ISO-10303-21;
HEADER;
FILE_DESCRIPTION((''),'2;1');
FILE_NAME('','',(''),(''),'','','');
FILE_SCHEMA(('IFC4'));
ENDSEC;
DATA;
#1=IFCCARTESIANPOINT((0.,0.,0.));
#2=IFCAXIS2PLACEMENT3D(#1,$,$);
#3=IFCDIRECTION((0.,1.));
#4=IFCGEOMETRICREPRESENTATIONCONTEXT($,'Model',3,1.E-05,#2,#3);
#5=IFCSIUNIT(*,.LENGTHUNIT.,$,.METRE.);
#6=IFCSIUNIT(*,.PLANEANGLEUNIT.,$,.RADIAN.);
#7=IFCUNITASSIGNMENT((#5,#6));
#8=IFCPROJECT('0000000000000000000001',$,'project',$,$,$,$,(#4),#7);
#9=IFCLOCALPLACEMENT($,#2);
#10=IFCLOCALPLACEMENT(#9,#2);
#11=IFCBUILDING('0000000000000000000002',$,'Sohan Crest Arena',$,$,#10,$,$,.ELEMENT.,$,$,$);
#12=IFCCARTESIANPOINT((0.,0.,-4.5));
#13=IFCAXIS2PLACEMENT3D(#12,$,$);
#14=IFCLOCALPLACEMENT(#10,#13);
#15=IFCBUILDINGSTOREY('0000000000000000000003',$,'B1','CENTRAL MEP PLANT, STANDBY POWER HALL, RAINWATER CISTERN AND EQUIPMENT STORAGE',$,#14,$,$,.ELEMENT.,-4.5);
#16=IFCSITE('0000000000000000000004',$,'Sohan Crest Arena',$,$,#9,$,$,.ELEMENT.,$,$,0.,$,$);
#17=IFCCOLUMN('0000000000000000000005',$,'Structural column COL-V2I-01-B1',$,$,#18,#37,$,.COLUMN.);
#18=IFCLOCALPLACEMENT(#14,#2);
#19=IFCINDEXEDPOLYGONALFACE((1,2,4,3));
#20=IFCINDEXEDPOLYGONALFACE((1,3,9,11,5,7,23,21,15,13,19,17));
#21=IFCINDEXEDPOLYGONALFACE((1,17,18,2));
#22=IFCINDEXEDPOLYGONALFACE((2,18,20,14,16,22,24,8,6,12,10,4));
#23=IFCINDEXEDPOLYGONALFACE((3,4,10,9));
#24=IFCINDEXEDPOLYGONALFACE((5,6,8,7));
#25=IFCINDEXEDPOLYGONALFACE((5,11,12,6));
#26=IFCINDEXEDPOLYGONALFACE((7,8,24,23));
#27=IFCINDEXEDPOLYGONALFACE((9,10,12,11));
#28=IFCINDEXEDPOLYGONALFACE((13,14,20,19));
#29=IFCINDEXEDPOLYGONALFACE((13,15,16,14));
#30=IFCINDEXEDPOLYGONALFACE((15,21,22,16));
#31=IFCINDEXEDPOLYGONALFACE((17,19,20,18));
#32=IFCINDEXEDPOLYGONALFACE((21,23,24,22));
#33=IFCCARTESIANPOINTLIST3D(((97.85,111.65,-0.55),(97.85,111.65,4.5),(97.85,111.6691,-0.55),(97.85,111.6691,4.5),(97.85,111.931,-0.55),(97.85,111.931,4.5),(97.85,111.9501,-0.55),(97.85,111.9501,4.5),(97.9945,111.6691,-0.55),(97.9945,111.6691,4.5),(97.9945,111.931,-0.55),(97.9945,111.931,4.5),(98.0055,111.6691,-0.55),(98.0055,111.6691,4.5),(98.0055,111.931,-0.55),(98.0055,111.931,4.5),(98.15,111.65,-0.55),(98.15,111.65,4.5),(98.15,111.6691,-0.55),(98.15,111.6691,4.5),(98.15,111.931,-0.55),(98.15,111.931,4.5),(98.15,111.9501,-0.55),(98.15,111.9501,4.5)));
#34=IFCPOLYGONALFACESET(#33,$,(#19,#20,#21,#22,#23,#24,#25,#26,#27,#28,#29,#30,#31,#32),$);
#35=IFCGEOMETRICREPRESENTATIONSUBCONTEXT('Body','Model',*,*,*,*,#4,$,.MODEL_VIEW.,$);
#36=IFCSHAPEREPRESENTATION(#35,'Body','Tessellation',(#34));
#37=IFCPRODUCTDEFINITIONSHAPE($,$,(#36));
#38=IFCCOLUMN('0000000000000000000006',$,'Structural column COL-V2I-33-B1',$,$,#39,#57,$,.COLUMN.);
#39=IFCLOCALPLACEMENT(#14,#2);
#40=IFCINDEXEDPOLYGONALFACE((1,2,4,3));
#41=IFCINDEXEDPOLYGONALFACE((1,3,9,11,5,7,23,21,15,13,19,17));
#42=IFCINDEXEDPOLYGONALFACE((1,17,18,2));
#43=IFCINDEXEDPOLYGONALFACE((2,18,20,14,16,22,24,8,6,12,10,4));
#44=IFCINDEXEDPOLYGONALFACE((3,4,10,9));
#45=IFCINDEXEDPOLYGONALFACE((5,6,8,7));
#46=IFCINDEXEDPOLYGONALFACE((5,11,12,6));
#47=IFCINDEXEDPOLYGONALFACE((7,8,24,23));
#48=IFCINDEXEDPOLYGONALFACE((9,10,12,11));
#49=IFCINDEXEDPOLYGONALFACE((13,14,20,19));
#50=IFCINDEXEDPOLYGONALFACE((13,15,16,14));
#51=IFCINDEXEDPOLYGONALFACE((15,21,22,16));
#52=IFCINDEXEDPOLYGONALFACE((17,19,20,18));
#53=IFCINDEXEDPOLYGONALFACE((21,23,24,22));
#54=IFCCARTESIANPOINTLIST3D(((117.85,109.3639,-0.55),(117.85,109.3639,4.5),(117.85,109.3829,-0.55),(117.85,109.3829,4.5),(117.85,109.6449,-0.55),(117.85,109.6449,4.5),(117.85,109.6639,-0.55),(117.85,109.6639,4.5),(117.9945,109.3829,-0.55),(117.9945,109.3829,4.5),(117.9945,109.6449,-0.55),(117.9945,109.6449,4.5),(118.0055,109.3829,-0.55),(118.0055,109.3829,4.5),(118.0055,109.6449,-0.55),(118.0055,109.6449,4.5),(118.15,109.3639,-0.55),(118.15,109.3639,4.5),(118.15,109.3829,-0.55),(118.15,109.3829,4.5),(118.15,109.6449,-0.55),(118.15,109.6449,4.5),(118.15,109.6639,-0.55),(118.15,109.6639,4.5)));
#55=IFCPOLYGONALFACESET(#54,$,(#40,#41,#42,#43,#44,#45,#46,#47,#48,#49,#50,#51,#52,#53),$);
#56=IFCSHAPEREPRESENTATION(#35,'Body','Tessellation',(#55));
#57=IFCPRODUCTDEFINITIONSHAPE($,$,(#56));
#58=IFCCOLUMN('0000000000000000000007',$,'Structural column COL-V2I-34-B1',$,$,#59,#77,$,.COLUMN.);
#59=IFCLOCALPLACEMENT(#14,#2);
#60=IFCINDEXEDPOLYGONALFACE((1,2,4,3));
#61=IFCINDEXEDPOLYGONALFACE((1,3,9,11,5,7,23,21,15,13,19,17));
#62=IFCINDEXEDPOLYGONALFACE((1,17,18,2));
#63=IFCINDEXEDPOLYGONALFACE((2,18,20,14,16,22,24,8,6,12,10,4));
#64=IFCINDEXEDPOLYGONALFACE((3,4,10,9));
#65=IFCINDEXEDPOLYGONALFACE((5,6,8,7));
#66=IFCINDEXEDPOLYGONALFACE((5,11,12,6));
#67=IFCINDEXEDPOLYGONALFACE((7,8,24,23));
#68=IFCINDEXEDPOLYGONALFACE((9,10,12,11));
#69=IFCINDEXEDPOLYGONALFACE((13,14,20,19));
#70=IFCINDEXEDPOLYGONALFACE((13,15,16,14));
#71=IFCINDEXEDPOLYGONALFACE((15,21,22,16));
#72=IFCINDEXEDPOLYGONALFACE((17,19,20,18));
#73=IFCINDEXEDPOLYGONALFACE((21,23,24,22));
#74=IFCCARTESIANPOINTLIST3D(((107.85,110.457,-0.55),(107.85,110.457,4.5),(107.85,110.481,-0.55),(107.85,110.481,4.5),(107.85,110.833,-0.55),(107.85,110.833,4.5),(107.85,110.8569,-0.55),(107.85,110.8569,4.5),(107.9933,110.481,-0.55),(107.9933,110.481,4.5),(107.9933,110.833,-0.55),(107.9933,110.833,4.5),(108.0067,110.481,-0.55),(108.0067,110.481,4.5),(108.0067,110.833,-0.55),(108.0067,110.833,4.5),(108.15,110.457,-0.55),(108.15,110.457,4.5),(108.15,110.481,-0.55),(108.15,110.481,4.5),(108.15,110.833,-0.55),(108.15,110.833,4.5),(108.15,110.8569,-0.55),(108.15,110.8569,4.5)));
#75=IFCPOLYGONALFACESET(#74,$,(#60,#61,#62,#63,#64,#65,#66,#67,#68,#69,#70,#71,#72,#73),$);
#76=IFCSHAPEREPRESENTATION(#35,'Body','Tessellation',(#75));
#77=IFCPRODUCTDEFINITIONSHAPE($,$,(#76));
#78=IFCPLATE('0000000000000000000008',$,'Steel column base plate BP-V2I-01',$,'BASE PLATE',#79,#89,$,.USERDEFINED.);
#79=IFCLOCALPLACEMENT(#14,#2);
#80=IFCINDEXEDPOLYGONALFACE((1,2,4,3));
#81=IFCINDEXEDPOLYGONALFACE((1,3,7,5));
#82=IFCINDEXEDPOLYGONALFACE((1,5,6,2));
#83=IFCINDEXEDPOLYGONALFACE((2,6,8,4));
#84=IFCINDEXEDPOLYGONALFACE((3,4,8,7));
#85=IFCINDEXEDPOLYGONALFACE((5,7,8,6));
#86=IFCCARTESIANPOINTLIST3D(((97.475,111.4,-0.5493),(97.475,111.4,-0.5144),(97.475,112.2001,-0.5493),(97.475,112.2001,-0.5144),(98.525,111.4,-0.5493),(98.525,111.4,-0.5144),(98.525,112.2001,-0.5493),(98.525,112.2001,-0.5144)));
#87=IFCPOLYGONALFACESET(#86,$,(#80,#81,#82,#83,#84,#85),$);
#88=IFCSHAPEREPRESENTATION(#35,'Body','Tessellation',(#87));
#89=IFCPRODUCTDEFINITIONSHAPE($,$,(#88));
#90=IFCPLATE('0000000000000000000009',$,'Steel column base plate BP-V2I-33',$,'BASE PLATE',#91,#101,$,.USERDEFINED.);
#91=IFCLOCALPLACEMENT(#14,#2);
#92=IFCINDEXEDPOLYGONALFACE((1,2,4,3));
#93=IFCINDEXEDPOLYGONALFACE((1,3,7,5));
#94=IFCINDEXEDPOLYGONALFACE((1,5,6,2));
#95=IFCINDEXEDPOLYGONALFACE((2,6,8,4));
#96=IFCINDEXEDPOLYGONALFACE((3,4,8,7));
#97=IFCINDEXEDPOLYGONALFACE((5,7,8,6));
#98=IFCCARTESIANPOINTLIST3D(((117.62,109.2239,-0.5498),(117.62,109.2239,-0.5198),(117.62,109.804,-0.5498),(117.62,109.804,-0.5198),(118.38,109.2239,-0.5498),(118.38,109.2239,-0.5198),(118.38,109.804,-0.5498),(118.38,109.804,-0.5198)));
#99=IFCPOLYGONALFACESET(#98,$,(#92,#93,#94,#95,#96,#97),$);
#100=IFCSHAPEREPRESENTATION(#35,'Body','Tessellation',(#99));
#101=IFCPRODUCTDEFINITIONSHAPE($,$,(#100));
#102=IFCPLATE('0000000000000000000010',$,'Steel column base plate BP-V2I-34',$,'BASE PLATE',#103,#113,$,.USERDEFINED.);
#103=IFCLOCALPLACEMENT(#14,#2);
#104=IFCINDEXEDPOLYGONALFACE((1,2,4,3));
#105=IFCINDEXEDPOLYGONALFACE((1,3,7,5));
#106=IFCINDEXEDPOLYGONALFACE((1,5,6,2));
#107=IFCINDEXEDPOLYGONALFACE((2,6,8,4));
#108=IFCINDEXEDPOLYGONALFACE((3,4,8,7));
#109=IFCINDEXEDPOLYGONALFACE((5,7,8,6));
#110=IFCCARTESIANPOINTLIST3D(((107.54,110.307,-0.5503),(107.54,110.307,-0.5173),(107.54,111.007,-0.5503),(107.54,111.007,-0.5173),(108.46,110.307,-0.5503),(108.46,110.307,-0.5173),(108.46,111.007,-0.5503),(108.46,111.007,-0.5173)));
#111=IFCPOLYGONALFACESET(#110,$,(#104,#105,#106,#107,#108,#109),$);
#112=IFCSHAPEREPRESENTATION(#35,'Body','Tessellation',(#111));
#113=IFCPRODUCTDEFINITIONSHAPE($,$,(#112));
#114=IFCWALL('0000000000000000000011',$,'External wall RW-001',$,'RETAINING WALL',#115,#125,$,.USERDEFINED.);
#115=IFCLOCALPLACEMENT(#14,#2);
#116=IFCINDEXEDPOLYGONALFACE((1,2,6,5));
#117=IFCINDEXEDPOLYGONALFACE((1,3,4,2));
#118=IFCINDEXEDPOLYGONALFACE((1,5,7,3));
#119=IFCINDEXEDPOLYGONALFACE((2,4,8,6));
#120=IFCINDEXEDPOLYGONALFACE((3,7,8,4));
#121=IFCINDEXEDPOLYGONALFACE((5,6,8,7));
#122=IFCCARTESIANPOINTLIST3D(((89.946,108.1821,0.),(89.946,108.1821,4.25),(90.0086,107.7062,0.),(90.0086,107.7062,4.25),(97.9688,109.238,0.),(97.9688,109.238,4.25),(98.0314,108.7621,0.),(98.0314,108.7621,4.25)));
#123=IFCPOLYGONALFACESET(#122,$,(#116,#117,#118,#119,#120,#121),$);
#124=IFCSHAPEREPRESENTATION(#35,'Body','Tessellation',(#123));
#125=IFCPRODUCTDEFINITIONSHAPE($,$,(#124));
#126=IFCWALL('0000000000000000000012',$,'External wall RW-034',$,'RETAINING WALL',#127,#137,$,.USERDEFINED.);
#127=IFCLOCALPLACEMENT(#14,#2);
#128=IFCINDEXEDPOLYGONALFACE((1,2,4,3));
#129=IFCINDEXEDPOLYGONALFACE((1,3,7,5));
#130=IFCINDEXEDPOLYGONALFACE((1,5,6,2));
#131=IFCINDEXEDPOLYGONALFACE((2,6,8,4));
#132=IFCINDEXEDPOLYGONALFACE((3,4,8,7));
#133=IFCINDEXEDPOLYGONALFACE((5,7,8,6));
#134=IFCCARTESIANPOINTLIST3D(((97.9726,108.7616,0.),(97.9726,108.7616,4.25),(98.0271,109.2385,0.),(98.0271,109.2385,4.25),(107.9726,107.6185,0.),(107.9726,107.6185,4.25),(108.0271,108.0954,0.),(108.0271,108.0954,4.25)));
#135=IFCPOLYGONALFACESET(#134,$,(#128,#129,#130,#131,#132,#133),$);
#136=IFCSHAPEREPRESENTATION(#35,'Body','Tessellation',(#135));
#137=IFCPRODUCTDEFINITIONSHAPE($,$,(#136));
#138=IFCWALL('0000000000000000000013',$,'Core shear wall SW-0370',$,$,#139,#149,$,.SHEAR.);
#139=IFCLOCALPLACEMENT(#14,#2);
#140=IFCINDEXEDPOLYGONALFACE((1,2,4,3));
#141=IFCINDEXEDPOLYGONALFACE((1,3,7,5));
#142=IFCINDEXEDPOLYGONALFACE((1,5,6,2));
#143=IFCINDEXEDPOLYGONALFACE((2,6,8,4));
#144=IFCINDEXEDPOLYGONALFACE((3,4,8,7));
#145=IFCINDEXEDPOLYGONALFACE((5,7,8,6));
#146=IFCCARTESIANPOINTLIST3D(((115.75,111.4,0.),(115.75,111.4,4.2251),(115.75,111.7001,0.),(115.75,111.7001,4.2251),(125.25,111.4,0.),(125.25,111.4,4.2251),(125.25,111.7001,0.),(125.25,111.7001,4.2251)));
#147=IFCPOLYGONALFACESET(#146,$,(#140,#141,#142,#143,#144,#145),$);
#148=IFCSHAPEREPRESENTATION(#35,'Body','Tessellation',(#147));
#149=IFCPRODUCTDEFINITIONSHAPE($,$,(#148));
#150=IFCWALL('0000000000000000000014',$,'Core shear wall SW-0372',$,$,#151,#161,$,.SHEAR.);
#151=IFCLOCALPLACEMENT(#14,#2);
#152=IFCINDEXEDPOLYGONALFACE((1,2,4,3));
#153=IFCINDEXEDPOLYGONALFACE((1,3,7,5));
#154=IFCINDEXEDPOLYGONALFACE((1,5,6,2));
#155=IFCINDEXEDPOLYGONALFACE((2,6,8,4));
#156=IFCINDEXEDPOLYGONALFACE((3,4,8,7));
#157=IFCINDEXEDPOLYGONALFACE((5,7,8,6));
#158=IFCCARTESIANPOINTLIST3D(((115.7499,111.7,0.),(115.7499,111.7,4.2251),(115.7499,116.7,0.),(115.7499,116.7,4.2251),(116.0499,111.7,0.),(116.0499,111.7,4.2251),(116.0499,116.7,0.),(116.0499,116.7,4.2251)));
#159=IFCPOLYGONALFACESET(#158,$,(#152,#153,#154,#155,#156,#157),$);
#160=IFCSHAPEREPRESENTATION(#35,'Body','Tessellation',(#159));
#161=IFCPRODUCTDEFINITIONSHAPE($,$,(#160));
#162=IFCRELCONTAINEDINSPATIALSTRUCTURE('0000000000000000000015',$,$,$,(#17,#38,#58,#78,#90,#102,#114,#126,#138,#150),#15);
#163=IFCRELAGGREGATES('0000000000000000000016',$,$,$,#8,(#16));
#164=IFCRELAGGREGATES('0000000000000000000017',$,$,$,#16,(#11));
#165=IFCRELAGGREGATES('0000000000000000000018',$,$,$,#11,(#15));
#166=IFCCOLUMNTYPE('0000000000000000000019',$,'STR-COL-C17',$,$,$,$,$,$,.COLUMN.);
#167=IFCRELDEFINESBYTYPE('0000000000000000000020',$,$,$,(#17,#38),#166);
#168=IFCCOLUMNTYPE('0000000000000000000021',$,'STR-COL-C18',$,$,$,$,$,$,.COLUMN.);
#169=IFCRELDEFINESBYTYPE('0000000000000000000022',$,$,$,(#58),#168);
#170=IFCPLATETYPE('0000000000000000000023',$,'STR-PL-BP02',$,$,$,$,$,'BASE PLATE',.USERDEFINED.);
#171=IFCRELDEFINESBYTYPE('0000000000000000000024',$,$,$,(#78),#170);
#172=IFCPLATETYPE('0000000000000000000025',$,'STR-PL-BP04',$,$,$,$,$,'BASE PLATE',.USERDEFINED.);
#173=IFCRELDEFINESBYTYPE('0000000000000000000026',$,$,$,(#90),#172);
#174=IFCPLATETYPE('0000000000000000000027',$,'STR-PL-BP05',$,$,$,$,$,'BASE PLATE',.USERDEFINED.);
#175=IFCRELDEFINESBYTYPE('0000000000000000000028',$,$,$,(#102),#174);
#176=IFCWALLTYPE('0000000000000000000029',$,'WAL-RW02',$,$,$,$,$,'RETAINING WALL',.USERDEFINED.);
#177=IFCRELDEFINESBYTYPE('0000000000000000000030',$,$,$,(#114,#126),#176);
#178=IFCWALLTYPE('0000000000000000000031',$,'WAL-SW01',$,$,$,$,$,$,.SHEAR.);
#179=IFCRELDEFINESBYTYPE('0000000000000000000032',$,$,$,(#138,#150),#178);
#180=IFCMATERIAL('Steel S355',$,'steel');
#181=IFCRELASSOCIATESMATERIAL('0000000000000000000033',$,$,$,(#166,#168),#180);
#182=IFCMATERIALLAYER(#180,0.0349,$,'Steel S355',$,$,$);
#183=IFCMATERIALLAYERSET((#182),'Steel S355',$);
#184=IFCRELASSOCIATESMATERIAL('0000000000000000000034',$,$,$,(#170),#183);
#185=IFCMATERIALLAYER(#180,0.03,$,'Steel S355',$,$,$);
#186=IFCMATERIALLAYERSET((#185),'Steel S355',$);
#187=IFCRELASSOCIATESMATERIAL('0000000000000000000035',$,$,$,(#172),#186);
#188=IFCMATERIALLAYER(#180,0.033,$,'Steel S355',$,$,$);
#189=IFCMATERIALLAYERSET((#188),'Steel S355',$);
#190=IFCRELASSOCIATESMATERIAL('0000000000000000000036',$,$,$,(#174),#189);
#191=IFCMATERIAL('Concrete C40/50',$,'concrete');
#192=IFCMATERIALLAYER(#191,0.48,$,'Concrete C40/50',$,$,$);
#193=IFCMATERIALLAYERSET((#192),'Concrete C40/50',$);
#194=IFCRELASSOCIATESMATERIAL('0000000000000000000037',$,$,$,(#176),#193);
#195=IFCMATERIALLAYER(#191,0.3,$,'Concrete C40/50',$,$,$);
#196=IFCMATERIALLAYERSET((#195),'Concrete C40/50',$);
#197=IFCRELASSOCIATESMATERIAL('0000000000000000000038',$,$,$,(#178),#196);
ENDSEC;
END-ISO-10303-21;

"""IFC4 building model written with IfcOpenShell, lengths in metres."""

from ifc_helpers import new_model, si_unit, direction, frame, frame_2d, origin, origin_2d, place, context, subcontext, project, spatial, rectangle, i_section, extrude, material, layer, layer_set, material_profile, profile_set, type_object, element, save


model = new_model("IFC4")

# Units and contexts
model_context = context("Model", 3, precision=1e-05, world=origin(), true_north=direction((0.0, 1.0)))
body_context = subcontext(model_context, "Body", "Model", "MODEL_VIEW")
ifc_project = project(units=[si_unit("LENGTHUNIT", "METRE"), si_unit("PLANEANGLEUNIT", "RADIAN")], contexts=[model_context])

# Site, building, storey
site_placement = place(None, origin())
site = spatial("IfcSite", under=ifc_project, at=site_placement, Name="Sohan Crest Arena", CompositionType="ELEMENT", RefElevation=0.0)
building_placement = place(site_placement, origin())
building = spatial("IfcBuilding", under=site, at=building_placement, Name="Sohan Crest Arena", CompositionType="ELEMENT")
storey_placement = place(building_placement, frame((0.0, 0.0, -4.5)))
storey = spatial("IfcBuildingStorey", under=building, at=storey_placement, Name="B1", Description="CENTRAL MEP PLANT, STANDBY POWER HALL, RAINWATER CISTERN AND EQUIPMENT STORAGE", CompositionType="ELEMENT", Elevation=-4.5)

# Shared definitions
ifc_material_1 = material(Name="Concrete C40/50", Category="concrete")

# Columns
ifc_material_2 = material(Name="Steel S355", Category="steel")
ifc_material_profile_1 = material_profile(ifc_material_2, i_section(OverallWidth=0.3, OverallDepth=0.3, WebThickness=0.011, FlangeThickness=0.019, at=origin_2d()), Name="HEB 300")
ifc_profile_set_1 = profile_set([ifc_material_profile_1], Name="Steel S355")
column_type_1 = type_object("IfcColumnType", Name="STR-COL-C17", PredefinedType="COLUMN", material=ifc_profile_set_1)
for number, where, z_axis, x_axis, name in (
    (1, (98.0, 111.8, -0.55), (0.0, 0.0, 1.0), (1.0, 0.0, 0.0), "Structural column COL-V2I-01-B1"),
    (2, (118.0, 109.5139, -0.55), (0.0, 0.0, 1.0), (1.0, 0.0, 0.0), "Structural column COL-V2I-33-B1"),
):
    element("IfcColumn", number, at=place(storey_placement, frame(where, z_axis=z_axis, x_axis=x_axis)), inside=storey, type_object=column_type_1, Name=name, PredefinedType="COLUMN", context=body_context, shape_type="SweptSolid", body=[
        extrude(i_section(OverallWidth=0.3, OverallDepth=0.3, WebThickness=0.011, FlangeThickness=0.019, at=origin_2d()), origin(), (0.0, 0.0, 1.0), 5.05),
    ])
ifc_material_profile_2 = material_profile(ifc_material_2, i_section(OverallWidth=0.3, OverallDepth=0.3999, WebThickness=0.0134, FlangeThickness=0.0239, at=origin_2d()), Name="HEB 400")
ifc_profile_set_2 = profile_set([ifc_material_profile_2], Name="Steel S355")
column_type_2 = type_object("IfcColumnType", Name="STR-COL-C18", PredefinedType="COLUMN", material=ifc_profile_set_2)
column_1_placement = place(storey_placement, frame((108.0, 110.657, -0.55), z_axis=(0.0, 0.0, 1.0), x_axis=(1.0, 0.0, 0.0)))
element("IfcColumn", 3, at=column_1_placement, inside=storey, type_object=column_type_2, Name="Structural column COL-V2I-34-B1", PredefinedType="COLUMN", context=body_context, shape_type="SweptSolid", body=[
    extrude(i_section(OverallWidth=0.3, OverallDepth=0.3999, WebThickness=0.0134, FlangeThickness=0.0239, at=origin_2d()), origin(), (0.0, 0.0, 1.0), 5.05),
])

# Plates
ifc_layer_1 = layer(ifc_material_2, 0.0349, Name="Steel S355")
ifc_layer_set_1 = layer_set([ifc_layer_1], Name="Steel S355")
plate_type_1 = type_object("IfcPlateType", Name="STR-PL-BP02", ElementType="BASE PLATE", PredefinedType="USERDEFINED", material=ifc_layer_set_1)
plate_1_placement = place(storey_placement, frame((98.0, 111.8, -0.5493), z_axis=(0.0, 0.0, 1.0), x_axis=(1.0, 0.0, 0.0)))
element("IfcPlate", 4, at=plate_1_placement, inside=storey, type_object=plate_type_1, Name="Steel column base plate BP-V2I-01", ObjectType="BASE PLATE", PredefinedType="USERDEFINED", context=body_context, shape_type="SweptSolid", body=[
    extrude(rectangle(XDim=1.05, YDim=0.8, at=origin_2d()), origin(), (0.0, 0.0, 1.0), 0.0349),
])
ifc_layer_2 = layer(ifc_material_2, 0.03, Name="Steel S355")
ifc_layer_set_2 = layer_set([ifc_layer_2], Name="Steel S355")
plate_type_2 = type_object("IfcPlateType", Name="STR-PL-BP04", ElementType="BASE PLATE", PredefinedType="USERDEFINED", material=ifc_layer_set_2)
plate_2_placement = place(storey_placement, frame((118.0, 109.5139, -0.5498), z_axis=(0.0, 0.0, 1.0), x_axis=(1.0, 0.0, 0.0)))
element("IfcPlate", 5, at=plate_2_placement, inside=storey, type_object=plate_type_2, Name="Steel column base plate BP-V2I-33", ObjectType="BASE PLATE", PredefinedType="USERDEFINED", context=body_context, shape_type="SweptSolid", body=[
    extrude(rectangle(XDim=0.76, YDim=0.5801, at=origin_2d()), origin(), (0.0, 0.0, 1.0), 0.03),
])
ifc_layer_3 = layer(ifc_material_2, 0.033, Name="Steel S355")
ifc_layer_set_3 = layer_set([ifc_layer_3], Name="Steel S355")
plate_type_3 = type_object("IfcPlateType", Name="STR-PL-BP05", ElementType="BASE PLATE", PredefinedType="USERDEFINED", material=ifc_layer_set_3)
plate_3_placement = place(storey_placement, frame((108.0, 110.657, -0.5503), z_axis=(0.0, 0.0, 1.0), x_axis=(1.0, 0.0, 0.0)))
element("IfcPlate", 6, at=plate_3_placement, inside=storey, type_object=plate_type_3, Name="Steel column base plate BP-V2I-34", ObjectType="BASE PLATE", PredefinedType="USERDEFINED", context=body_context, shape_type="SweptSolid", body=[
    extrude(rectangle(XDim=0.9199, YDim=0.7, at=origin_2d()), origin(), (0.0, 0.0, 1.0), 0.033),
])

# Walls
ifc_layer_4 = layer(ifc_material_1, 0.48, Name="Concrete C40/50")
ifc_layer_set_4 = layer_set([ifc_layer_4], Name="Concrete C40/50")
wall_type_1 = type_object("IfcWallType", Name="WAL-RW02", ElementType="RETAINING WALL", PredefinedType="USERDEFINED", material=ifc_layer_set_4)
wall_1_placement = place(storey_placement, frame((98.0, 109.0, 0.0), z_axis=(0.0, 0.0, 1.0), x_axis=(-0.99145, -0.130486, 0.0)))
element("IfcWall", 7, at=wall_1_placement, inside=storey, type_object=wall_type_1, Name="External wall RW-001", ObjectType="RETAINING WALL", PredefinedType="USERDEFINED", context=body_context, shape_type="SweptSolid", body=[
    extrude(rectangle(XDim=8.092, YDim=0.48, at=frame_2d((4.0459, 0.0))), origin(), (0.0, 0.0, 1.0), 4.25),
])
wall_2_placement = place(storey_placement, frame((108.0, 107.8569, 0.0), z_axis=(0.0, 0.0, 1.0), x_axis=(-0.99353, 0.113567, 0.0)))
element("IfcWall", 8, at=wall_2_placement, inside=storey, type_object=wall_type_1, Name="External wall RW-034", ObjectType="RETAINING WALL", PredefinedType="USERDEFINED", context=body_context, shape_type="SweptSolid", body=[
    extrude(rectangle(XDim=10.0652, YDim=0.48, at=frame_2d((5.0327, 0.0))), origin(), (0.0, 0.0, 1.0), 4.25),
])
ifc_layer_5 = layer(ifc_material_1, 0.3, Name="Concrete C40/50")
ifc_layer_set_5 = layer_set([ifc_layer_5], Name="Concrete C40/50")
wall_type_2 = type_object("IfcWallType", Name="WAL-SW01", PredefinedType="SHEAR", material=ifc_layer_set_5)
wall_3_placement = place(storey_placement, frame((115.75, 111.55, 0.0), z_axis=(0.0, 0.0, 1.0), x_axis=(1.0, 0.0, 0.0)))
element("IfcWall", 9, at=wall_3_placement, inside=storey, type_object=wall_type_2, Name="Core shear wall SW-0370", PredefinedType="SHEAR", context=body_context, shape_type="SweptSolid", body=[
    extrude(rectangle(XDim=9.5, YDim=0.3, at=frame_2d((4.75, 0.0))), origin(), (0.0, 0.0, 1.0), 4.2251),
])
wall_4_placement = place(storey_placement, frame((115.8999, 111.7, 0.0), z_axis=(0.0, 0.0, 1.0), x_axis=(0.0, 1.0, 0.0)))
element("IfcWall", 10, at=wall_4_placement, inside=storey, type_object=wall_type_2, Name="Core shear wall SW-0372", PredefinedType="SHEAR", context=body_context, shape_type="SweptSolid", body=[
    extrude(rectangle(XDim=5.0, YDim=0.3, at=frame_2d((2.5, 0.0))), origin(), (0.0, 0.0, 1.0), 4.2251),
])

save(model, "model.ifc")
